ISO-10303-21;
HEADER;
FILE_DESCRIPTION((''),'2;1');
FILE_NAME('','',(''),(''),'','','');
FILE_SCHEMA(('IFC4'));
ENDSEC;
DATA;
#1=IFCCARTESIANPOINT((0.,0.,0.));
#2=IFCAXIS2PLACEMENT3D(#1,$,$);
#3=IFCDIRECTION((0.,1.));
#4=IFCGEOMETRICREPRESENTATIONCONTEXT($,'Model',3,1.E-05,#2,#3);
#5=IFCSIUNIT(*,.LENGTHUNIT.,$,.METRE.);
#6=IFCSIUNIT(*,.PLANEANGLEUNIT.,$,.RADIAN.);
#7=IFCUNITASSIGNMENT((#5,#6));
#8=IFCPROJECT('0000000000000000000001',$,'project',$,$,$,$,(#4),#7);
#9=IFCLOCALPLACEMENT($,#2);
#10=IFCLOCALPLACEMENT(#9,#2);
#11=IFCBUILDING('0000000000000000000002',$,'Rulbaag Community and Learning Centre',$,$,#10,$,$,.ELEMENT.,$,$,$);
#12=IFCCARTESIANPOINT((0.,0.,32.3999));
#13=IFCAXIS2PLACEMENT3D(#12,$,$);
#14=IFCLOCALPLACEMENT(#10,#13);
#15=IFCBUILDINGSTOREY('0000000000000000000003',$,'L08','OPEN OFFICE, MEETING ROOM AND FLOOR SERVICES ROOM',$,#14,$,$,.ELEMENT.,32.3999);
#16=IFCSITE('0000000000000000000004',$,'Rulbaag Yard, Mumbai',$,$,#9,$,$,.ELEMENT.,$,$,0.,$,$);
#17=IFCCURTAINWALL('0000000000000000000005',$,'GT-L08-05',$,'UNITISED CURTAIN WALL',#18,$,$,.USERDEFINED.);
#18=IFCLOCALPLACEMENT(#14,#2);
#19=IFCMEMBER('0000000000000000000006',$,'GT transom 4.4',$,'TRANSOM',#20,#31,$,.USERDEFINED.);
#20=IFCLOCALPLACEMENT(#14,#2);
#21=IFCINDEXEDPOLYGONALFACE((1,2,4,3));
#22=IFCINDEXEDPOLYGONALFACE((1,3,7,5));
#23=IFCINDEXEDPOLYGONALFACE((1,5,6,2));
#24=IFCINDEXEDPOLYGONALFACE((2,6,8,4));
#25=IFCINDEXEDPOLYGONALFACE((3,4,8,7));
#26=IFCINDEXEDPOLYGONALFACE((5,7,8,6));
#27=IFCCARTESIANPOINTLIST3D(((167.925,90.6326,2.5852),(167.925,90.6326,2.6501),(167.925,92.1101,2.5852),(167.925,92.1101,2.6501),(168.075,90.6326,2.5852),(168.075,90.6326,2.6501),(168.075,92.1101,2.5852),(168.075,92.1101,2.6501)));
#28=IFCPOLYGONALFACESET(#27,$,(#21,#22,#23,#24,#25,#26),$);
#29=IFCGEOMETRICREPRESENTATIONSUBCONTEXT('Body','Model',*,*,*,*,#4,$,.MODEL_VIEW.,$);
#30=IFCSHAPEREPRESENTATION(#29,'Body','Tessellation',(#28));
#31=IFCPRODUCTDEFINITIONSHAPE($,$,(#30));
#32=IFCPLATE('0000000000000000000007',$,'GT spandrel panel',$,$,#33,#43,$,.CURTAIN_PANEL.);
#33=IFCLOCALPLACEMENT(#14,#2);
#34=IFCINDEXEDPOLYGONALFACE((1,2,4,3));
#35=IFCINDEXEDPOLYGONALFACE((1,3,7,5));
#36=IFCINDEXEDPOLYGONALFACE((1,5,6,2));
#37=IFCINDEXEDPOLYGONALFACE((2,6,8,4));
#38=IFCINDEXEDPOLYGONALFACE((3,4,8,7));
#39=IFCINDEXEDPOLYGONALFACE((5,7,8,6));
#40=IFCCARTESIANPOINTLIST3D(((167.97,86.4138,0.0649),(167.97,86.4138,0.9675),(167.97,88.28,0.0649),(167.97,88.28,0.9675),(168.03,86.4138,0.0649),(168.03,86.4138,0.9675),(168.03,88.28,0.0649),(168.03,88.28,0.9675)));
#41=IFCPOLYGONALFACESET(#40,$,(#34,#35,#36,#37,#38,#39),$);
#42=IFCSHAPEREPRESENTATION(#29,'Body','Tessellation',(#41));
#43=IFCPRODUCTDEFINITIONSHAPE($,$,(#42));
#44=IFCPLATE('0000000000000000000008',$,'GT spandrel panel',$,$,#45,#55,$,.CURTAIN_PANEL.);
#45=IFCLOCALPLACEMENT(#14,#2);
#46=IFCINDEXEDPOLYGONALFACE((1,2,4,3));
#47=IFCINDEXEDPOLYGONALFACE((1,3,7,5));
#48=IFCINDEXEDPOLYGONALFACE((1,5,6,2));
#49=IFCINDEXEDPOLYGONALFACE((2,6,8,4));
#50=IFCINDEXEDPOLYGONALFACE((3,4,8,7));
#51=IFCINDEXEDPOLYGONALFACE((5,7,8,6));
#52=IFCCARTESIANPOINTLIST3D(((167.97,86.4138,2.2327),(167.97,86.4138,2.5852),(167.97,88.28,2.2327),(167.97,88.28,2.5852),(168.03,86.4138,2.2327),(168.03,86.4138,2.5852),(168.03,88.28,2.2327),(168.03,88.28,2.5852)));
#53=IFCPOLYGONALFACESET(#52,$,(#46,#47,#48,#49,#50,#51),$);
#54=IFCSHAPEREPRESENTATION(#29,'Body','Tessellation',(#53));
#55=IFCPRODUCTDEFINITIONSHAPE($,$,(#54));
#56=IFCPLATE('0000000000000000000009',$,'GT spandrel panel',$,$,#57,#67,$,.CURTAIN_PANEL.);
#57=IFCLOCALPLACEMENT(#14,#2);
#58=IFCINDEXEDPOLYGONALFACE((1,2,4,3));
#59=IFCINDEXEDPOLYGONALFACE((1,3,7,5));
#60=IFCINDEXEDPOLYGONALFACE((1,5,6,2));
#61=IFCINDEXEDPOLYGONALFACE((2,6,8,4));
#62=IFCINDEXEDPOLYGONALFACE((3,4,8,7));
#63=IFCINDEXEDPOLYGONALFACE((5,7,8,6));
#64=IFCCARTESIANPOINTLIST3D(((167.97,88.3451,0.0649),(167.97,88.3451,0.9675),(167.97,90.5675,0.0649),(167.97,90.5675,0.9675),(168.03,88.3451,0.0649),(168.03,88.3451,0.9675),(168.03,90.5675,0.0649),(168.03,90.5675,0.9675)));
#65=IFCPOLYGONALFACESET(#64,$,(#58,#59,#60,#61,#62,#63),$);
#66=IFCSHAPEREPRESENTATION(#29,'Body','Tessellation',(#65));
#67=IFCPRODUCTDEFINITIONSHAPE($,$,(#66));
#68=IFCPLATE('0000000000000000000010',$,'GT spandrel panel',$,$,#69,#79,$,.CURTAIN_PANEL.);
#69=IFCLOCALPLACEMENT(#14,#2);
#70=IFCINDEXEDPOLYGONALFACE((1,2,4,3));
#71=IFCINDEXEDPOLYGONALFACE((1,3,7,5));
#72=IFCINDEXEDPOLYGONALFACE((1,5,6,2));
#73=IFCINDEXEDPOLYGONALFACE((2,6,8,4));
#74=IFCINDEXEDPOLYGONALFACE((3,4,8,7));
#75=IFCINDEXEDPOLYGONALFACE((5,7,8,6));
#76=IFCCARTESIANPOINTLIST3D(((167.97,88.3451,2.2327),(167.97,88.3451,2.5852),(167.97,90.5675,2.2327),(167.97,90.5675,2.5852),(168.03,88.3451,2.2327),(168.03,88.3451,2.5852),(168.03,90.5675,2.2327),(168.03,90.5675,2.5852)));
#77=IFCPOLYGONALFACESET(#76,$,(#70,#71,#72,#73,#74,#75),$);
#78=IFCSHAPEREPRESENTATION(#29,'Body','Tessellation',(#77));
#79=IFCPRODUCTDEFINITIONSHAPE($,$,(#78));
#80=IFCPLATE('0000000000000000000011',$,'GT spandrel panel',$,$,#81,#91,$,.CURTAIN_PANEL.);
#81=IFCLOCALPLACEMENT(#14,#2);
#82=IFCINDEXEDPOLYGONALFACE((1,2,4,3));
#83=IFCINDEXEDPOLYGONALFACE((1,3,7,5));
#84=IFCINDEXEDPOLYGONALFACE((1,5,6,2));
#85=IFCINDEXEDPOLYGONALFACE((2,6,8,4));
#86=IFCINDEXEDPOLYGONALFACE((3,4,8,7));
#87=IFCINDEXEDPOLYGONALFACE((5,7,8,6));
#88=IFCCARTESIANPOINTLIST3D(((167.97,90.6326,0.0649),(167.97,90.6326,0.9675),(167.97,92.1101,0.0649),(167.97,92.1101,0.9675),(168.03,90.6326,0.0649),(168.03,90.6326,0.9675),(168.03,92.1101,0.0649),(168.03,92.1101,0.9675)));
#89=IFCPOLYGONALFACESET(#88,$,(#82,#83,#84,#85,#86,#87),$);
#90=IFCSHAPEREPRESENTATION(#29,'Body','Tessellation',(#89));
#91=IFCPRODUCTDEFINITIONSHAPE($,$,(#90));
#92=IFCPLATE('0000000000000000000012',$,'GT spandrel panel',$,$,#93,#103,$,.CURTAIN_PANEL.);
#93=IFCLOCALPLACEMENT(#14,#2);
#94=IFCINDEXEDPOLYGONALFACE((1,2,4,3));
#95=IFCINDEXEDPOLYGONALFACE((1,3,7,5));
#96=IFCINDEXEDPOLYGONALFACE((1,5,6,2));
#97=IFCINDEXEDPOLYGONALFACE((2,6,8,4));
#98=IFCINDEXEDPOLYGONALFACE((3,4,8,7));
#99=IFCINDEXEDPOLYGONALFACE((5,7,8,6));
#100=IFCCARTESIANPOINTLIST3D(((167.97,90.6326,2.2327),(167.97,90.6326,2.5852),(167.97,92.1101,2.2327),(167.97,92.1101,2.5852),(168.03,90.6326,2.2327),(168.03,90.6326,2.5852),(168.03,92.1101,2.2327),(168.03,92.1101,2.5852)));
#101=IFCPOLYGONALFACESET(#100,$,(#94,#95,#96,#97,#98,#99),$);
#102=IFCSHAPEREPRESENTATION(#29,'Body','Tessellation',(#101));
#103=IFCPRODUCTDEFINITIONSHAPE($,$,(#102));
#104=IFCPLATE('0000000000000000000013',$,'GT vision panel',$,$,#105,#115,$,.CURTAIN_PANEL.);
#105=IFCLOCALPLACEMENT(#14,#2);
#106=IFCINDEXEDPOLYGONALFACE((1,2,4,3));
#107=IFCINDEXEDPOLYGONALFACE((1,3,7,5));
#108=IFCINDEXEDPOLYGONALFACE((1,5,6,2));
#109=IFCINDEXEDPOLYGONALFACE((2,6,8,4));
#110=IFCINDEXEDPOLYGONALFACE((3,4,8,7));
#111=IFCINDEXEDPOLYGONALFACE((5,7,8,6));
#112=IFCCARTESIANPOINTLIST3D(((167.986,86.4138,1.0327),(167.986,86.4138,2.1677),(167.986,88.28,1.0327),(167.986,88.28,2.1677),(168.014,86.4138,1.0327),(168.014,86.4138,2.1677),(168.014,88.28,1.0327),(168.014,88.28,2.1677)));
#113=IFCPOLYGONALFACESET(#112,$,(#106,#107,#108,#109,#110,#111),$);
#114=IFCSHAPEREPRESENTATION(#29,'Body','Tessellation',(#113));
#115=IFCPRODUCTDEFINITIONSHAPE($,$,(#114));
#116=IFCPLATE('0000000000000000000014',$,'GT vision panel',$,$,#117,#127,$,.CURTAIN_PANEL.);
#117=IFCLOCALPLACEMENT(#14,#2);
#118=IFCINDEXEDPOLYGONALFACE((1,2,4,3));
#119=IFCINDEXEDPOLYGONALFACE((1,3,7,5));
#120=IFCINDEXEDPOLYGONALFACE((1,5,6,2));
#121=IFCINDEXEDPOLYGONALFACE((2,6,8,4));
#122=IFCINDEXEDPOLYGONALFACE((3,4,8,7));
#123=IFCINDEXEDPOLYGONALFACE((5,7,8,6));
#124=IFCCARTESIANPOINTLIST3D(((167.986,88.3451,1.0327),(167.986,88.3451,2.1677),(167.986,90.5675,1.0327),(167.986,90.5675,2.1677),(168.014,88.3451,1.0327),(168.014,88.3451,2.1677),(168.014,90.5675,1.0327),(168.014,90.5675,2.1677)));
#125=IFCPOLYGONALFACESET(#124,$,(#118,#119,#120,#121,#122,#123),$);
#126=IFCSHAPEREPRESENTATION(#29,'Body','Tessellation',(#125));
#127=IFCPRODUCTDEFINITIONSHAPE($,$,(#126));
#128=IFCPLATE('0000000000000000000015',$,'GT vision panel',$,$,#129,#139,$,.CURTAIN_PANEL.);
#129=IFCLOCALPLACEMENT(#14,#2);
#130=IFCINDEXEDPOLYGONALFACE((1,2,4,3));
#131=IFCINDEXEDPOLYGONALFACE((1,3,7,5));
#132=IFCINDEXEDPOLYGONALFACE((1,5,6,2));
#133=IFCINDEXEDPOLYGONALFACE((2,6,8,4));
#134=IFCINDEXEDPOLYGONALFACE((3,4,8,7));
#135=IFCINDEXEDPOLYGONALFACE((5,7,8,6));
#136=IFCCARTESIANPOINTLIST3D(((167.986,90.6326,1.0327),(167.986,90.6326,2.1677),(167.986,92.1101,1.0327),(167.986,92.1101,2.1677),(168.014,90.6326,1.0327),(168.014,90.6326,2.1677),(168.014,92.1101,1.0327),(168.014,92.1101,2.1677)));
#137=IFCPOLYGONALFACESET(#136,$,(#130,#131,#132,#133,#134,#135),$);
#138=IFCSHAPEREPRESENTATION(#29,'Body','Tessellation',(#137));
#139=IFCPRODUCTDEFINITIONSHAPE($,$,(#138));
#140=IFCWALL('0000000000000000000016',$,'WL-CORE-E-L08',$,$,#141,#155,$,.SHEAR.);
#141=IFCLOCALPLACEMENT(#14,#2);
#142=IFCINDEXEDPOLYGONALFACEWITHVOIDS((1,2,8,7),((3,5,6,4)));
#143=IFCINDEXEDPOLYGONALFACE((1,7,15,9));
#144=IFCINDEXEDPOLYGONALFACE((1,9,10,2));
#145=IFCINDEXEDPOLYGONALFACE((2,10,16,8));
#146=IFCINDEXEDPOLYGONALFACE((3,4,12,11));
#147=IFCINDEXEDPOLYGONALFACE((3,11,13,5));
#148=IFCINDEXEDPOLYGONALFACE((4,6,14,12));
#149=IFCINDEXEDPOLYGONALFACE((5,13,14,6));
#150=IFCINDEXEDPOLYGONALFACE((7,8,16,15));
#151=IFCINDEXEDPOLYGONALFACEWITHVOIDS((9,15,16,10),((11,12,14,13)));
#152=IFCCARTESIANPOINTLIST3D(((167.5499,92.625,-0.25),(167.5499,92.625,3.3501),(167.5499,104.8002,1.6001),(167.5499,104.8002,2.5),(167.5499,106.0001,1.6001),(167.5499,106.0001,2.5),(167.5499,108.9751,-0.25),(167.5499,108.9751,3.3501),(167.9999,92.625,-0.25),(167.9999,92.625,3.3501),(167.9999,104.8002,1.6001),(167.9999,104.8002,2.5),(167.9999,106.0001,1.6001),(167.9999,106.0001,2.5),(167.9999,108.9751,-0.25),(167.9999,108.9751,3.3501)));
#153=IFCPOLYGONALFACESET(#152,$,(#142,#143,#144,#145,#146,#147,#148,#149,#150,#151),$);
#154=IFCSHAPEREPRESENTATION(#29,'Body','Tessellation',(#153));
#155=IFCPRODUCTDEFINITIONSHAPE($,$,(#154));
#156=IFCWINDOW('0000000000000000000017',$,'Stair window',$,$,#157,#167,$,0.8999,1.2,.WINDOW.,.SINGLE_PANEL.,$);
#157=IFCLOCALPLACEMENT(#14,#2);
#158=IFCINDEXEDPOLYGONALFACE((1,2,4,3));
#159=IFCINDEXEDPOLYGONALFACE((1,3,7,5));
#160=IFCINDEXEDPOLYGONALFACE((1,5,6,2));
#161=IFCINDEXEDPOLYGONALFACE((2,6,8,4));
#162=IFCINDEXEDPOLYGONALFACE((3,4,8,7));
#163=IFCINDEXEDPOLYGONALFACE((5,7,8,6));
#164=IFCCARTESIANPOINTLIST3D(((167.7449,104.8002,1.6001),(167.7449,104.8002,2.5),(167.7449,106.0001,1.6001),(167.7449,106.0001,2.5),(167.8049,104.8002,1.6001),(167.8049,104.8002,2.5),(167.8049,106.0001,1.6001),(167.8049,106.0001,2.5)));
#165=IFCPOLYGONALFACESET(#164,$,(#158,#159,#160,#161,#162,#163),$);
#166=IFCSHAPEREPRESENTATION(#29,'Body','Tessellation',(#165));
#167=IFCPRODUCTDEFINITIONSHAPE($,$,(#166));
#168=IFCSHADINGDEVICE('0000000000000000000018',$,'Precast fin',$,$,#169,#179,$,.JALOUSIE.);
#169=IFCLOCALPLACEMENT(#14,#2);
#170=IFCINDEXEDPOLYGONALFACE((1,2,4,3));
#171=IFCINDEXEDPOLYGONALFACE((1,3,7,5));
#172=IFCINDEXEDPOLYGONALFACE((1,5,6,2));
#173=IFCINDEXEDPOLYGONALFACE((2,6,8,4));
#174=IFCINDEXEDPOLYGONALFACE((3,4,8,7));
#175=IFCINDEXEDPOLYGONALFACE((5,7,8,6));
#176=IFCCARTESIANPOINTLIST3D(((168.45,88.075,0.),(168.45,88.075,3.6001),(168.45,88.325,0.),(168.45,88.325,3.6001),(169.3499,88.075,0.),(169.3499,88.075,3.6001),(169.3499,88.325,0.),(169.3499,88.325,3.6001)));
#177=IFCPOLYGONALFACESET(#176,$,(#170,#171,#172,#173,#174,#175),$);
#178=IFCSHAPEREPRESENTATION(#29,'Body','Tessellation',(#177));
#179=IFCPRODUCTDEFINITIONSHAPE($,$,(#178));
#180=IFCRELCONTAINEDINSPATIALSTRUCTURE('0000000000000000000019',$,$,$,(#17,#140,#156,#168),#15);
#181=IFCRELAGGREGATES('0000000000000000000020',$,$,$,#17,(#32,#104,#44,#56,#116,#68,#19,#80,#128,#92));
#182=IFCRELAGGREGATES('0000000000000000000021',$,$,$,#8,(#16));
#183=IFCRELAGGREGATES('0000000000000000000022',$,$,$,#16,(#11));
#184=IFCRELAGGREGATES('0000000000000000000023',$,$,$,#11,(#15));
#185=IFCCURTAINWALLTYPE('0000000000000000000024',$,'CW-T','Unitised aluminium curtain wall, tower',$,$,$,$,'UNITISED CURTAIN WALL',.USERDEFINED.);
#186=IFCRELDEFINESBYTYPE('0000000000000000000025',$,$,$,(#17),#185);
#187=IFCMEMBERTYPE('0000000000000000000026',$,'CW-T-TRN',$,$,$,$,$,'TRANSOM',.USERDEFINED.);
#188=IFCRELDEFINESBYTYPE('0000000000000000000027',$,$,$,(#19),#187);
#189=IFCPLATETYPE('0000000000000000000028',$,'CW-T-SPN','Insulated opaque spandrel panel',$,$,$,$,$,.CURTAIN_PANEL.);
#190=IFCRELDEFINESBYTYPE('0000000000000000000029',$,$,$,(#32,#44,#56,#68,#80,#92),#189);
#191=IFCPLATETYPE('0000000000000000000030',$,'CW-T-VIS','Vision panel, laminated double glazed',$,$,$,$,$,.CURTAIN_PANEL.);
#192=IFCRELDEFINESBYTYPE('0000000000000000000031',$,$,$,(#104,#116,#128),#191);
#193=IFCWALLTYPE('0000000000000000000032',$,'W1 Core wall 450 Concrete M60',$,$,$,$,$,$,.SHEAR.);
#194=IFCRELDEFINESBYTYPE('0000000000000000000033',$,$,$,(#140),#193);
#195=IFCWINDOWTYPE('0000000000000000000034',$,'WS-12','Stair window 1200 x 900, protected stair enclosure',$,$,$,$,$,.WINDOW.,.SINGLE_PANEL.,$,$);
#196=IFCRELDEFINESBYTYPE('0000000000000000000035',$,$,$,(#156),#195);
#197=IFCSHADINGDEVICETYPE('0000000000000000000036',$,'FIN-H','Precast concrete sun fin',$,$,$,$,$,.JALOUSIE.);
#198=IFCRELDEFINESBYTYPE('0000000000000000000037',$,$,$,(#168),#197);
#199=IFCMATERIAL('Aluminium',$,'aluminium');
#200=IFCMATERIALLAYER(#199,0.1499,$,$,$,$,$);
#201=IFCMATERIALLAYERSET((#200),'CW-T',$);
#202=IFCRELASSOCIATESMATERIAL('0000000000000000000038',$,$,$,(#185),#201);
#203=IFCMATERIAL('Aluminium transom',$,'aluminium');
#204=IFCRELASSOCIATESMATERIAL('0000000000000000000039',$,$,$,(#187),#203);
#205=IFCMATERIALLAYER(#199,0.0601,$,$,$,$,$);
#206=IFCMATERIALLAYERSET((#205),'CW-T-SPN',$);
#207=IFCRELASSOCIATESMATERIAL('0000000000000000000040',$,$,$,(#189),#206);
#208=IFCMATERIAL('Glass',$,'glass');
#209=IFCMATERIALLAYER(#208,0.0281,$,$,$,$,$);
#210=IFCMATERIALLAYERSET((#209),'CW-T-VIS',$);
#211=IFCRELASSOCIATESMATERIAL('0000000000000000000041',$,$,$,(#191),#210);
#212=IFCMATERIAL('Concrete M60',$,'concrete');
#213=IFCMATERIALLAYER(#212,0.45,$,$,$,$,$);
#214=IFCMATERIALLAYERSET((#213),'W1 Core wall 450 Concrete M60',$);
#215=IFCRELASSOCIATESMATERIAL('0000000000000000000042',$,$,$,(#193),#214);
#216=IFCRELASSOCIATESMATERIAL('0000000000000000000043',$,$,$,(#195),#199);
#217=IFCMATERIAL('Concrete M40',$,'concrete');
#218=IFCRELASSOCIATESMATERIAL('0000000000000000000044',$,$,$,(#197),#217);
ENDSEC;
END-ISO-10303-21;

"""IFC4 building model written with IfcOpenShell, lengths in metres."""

from ifc_helpers import new_model, si_unit, direction, frame, frame_2d, origin, origin_2d, place, context, subcontext, project, spatial, rectangle, extrude, material, layer, layer_set, material_profile, profile_set, type_object, element, fill, aggregate, save


model = new_model("IFC4")

# Units and contexts
model_context = context("Model", 3, precision=1e-05, world=origin(), true_north=direction((0.0, 1.0)))
body_context = subcontext(model_context, "Body", "Model", "MODEL_VIEW")
ifc_project = project(units=[si_unit("LENGTHUNIT", "METRE"), si_unit("PLANEANGLEUNIT", "RADIAN")], contexts=[model_context])

# Site, building, storey
site_placement = place(None, origin())
site = spatial("IfcSite", under=ifc_project, at=site_placement, Name="Rulbaag Yard, Mumbai", CompositionType="ELEMENT", RefElevation=0.0)
building_placement = place(site_placement, origin())
building = spatial("IfcBuilding", under=site, at=building_placement, Name="Rulbaag Community and Learning Centre", CompositionType="ELEMENT")
storey_placement = place(building_placement, frame((0.0, 0.0, 32.3999)))
storey = spatial("IfcBuildingStorey", under=building, at=storey_placement, Name="L08", Description="OPEN OFFICE, MEETING ROOM AND FLOOR SERVICES ROOM", CompositionType="ELEMENT", Elevation=32.3999)

# Curtain wall, member, plates
ifc_material_1 = material(Name="Aluminium", Category="aluminium")
ifc_layer_1 = layer(ifc_material_1, 0.1499)
ifc_layer_set_1 = layer_set([ifc_layer_1], Name="CW-T")
curtain_wall_type = type_object("IfcCurtainWallType", Name="CW-T", Description="Unitised aluminium curtain wall, tower", ElementType="UNITISED CURTAIN WALL", PredefinedType="USERDEFINED", material=ifc_layer_set_1)
curtain_wall_placement = place(storey_placement, origin())
curtain_wall = element("IfcCurtainWall", 1, at=curtain_wall_placement, inside=storey, type_object=curtain_wall_type, Name="GT-L08-05", ObjectType="UNITISED CURTAIN WALL", PredefinedType="USERDEFINED")
ifc_material_2 = material(Name="Aluminium transom", Category="aluminium")
ifc_material_profile_1 = material_profile(ifc_material_2, rectangle(XDim=0.1499, YDim=0.0649, at=origin_2d()), Name="AL 65x150 T")
ifc_profile_set_1 = profile_set([ifc_material_profile_1], Name="Aluminium transom")
member_type_1 = type_object("IfcMemberType", Name="CW-T-TRN", ElementType="TRANSOM", PredefinedType="USERDEFINED", material=ifc_profile_set_1)
member_1_placement = place(storey_placement, frame((168.0, 90.6326, 2.6177), z_axis=(0.0, 1.0, 0.0), x_axis=(-1.0, 0.0, 0.0)))
member_1 = element("IfcMember", 2, at=member_1_placement, type_object=member_type_1, Name="GT transom 4.4", ObjectType="TRANSOM", PredefinedType="USERDEFINED", context=body_context, shape_type="SweptSolid", body=[
    extrude(rectangle(XDim=0.1499, YDim=0.0649, at=origin_2d()), origin(), (0.0, 0.0, 1.0), 1.4775),
])
ifc_layer_2 = layer(ifc_material_1, 0.0601)
ifc_layer_set_2 = layer_set([ifc_layer_2], Name="CW-T-SPN")
plate_type_1 = type_object("IfcPlateType", Name="CW-T-SPN", Description="Insulated opaque spandrel panel", PredefinedType="CURTAIN_PANEL", material=ifc_layer_set_2)
plate_1_placement = place(storey_placement, frame((168.0, 87.3469, 0.0649), z_axis=(0.0, 0.0, 1.0), x_axis=(0.0, 1.0, 0.0)))
plate_1 = element("IfcPlate", 3, at=plate_1_placement, type_object=plate_type_1, Name="GT spandrel panel", PredefinedType="CURTAIN_PANEL", context=body_context, shape_type="SweptSolid", body=[
    extrude(rectangle(XDim=1.8662, YDim=0.0601, at=origin_2d()), origin(), (0.0, 0.0, 1.0), 0.9026),
])
plate_2_placement = place(storey_placement, frame((168.0, 87.3469, 2.2327), z_axis=(0.0, 0.0, 1.0), x_axis=(0.0, 1.0, 0.0)))
plate_2 = element("IfcPlate", 4, at=plate_2_placement, type_object=plate_type_1, Name="GT spandrel panel", PredefinedType="CURTAIN_PANEL", context=body_context, shape_type="SweptSolid", body=[
    extrude(rectangle(XDim=1.8662, YDim=0.0601, at=origin_2d()), origin(), (0.0, 0.0, 1.0), 0.3525),
])
plate_3_placement = place(storey_placement, frame((168.0, 89.4563, 0.0649), z_axis=(0.0, 0.0, 1.0), x_axis=(0.0, 1.0, 0.0)))
plate_3 = element("IfcPlate", 5, at=plate_3_placement, type_object=plate_type_1, Name="GT spandrel panel", PredefinedType="CURTAIN_PANEL", context=body_context, shape_type="SweptSolid", body=[
    extrude(rectangle(XDim=2.2224, YDim=0.0601, at=origin_2d()), origin(), (0.0, 0.0, 1.0), 0.9026),
])
plate_4_placement = place(storey_placement, frame((168.0, 89.4563, 2.2327), z_axis=(0.0, 0.0, 1.0), x_axis=(0.0, 1.0, 0.0)))
plate_4 = element("IfcPlate", 6, at=plate_4_placement, type_object=plate_type_1, Name="GT spandrel panel", PredefinedType="CURTAIN_PANEL", context=body_context, shape_type="SweptSolid", body=[
    extrude(rectangle(XDim=2.2224, YDim=0.0601, at=origin_2d()), origin(), (0.0, 0.0, 1.0), 0.3525),
])
plate_5_placement = place(storey_placement, frame((168.0, 91.3713, 0.0649), z_axis=(0.0, 0.0, 1.0), x_axis=(0.0, 1.0, 0.0)))
plate_5 = element("IfcPlate", 7, at=plate_5_placement, type_object=plate_type_1, Name="GT spandrel panel", PredefinedType="CURTAIN_PANEL", context=body_context, shape_type="SweptSolid", body=[
    extrude(rectangle(XDim=1.4775, YDim=0.0601, at=origin_2d()), origin(), (0.0, 0.0, 1.0), 0.9026),
])
plate_6_placement = place(storey_placement, frame((168.0, 91.3713, 2.2327), z_axis=(0.0, 0.0, 1.0), x_axis=(0.0, 1.0, 0.0)))
plate_6 = element("IfcPlate", 8, at=plate_6_placement, type_object=plate_type_1, Name="GT spandrel panel", PredefinedType="CURTAIN_PANEL", context=body_context, shape_type="SweptSolid", body=[
    extrude(rectangle(XDim=1.4775, YDim=0.0601, at=origin_2d()), origin(), (0.0, 0.0, 1.0), 0.3525),
])
ifc_material_3 = material(Name="Glass", Category="glass")
ifc_layer_3 = layer(ifc_material_3, 0.0281)
ifc_layer_set_3 = layer_set([ifc_layer_3], Name="CW-T-VIS")
plate_type_2 = type_object("IfcPlateType", Name="CW-T-VIS", Description="Vision panel, laminated double glazed", PredefinedType="CURTAIN_PANEL", material=ifc_layer_set_3)
plate_7_placement = place(storey_placement, frame((168.0, 87.3469, 1.0327), z_axis=(0.0, 0.0, 1.0), x_axis=(0.0, 1.0, 0.0)))
plate_7 = element("IfcPlate", 9, at=plate_7_placement, type_object=plate_type_2, Name="GT vision panel", PredefinedType="CURTAIN_PANEL", context=body_context, shape_type="SweptSolid", body=[
    extrude(rectangle(XDim=1.8662, YDim=0.0281, at=origin_2d()), origin(), (0.0, 0.0, 1.0), 1.135),
])
plate_8_placement = place(storey_placement, frame((168.0, 89.4563, 1.0327), z_axis=(0.0, 0.0, 1.0), x_axis=(0.0, 1.0, 0.0)))
plate_8 = element("IfcPlate", 10, at=plate_8_placement, type_object=plate_type_2, Name="GT vision panel", PredefinedType="CURTAIN_PANEL", context=body_context, shape_type="SweptSolid", body=[
    extrude(rectangle(XDim=2.2224, YDim=0.0281, at=origin_2d()), origin(), (0.0, 0.0, 1.0), 1.135),
])
plate_9_placement = place(storey_placement, frame((168.0, 91.3713, 1.0327), z_axis=(0.0, 0.0, 1.0), x_axis=(0.0, 1.0, 0.0)))
plate_9 = element("IfcPlate", 11, at=plate_9_placement, type_object=plate_type_2, Name="GT vision panel", PredefinedType="CURTAIN_PANEL", context=body_context, shape_type="SweptSolid", body=[
    extrude(rectangle(XDim=1.4775, YDim=0.0281, at=origin_2d()), origin(), (0.0, 0.0, 1.0), 1.135),
])
aggregate(curtain_wall, [plate_1, plate_7, plate_2, plate_3, plate_8, plate_4, member_1, plate_5, plate_9, plate_6])

# Wall, opening, window
ifc_material_4 = material(Name="Concrete M60", Category="concrete")
ifc_layer_4 = layer(ifc_material_4, 0.45)
ifc_layer_set_4 = layer_set([ifc_layer_4], Name="W1 Core wall 450 Concrete M60")
wall_type = type_object("IfcWallType", Name="W1 Core wall 450 Concrete M60", PredefinedType="SHEAR", material=ifc_layer_set_4)
wall_placement = place(storey_placement, frame((167.7749, 92.625, -0.25), z_axis=(0.0, 0.0, 1.0), x_axis=(0.0, 1.0, 0.0)))
wall = element("IfcWall", 12, at=wall_placement, inside=storey, type_object=wall_type, Name="WL-CORE-E-L08", PredefinedType="SHEAR", context=body_context, shape_type="SweptSolid", body=[
    extrude(rectangle(XDim=16.3501, YDim=0.45, at=frame_2d((8.175, 0.0))), origin(), (0.0, 0.0, 1.0), 3.6001),
])
opening_placement = place(wall_placement, frame((12.175, 0.0, 1.8501)))
opening = element("IfcOpeningElement", 13, at=opening_placement, cuts=wall, PredefinedType="OPENING", context=body_context, shape_type="SweptSolid", body=[
    extrude(rectangle(XDim=1.2, YDim=0.8999, at=frame_2d((0.6001, 0.45))), frame((0.0, 0.2349, 0.0), z_axis=(0.0, -1.0, 0.0), x_axis=(1.0, 0.0, 0.0)), (0.0, 0.0, 1.0), 0.47),
])
window_type = type_object("IfcWindowType", Name="WS-12", Description="Stair window 1200 x 900, protected stair enclosure", PartitioningType="SINGLE_PANEL", PredefinedType="WINDOW", material=ifc_material_1)
window_placement = place(opening_placement, origin())
window = element("IfcWindow", 14, at=window_placement, inside=storey, type_object=window_type, Name="Stair window", OverallHeight=0.8999, OverallWidth=1.2, PartitioningType="SINGLE_PANEL", PredefinedType="WINDOW", context=body_context, shape_type="SweptSolid", body=[
    extrude(rectangle(XDim=1.2, YDim=0.8999, at=frame_2d((0.6001, 0.45))), frame((0.0, 0.03, 0.0), z_axis=(0.0, -1.0, 0.0), x_axis=(1.0, 0.0, 0.0)), (0.0, 0.0, 1.0), 0.0601),
])
fill(opening, window)

# Shading device
ifc_material_5 = material(Name="Concrete M40", Category="concrete")
ifc_material_profile_2 = material_profile(ifc_material_5, rectangle(XDim=0.25, YDim=0.8999, at=origin_2d()), Name="PC 250x900")
ifc_profile_set_2 = profile_set([ifc_material_profile_2], Name="Concrete M40")
shading_device_type = type_object("IfcShadingDeviceType", Name="FIN-H", Description="Precast concrete sun fin", PredefinedType="JALOUSIE", material=ifc_profile_set_2)
for number, where, z_axis, x_axis, name in (
    (15, (168.8999, 88.2, 0.0), (0.0, 0.0, 1.0), (0.0, 1.0, 0.0), "Precast fin"),
):
    element("IfcShadingDevice", number, at=place(storey_placement, frame(where, z_axis=z_axis, x_axis=x_axis)), inside=storey, type_object=shading_device_type, Name=name, PredefinedType="JALOUSIE", context=body_context, shape_type="SweptSolid", body=[
        extrude(rectangle(XDim=0.25, YDim=0.8999, at=origin_2d()), origin(), (0.0, 0.0, 1.0), 3.6001),
    ])

save(model, "model.ifc")
